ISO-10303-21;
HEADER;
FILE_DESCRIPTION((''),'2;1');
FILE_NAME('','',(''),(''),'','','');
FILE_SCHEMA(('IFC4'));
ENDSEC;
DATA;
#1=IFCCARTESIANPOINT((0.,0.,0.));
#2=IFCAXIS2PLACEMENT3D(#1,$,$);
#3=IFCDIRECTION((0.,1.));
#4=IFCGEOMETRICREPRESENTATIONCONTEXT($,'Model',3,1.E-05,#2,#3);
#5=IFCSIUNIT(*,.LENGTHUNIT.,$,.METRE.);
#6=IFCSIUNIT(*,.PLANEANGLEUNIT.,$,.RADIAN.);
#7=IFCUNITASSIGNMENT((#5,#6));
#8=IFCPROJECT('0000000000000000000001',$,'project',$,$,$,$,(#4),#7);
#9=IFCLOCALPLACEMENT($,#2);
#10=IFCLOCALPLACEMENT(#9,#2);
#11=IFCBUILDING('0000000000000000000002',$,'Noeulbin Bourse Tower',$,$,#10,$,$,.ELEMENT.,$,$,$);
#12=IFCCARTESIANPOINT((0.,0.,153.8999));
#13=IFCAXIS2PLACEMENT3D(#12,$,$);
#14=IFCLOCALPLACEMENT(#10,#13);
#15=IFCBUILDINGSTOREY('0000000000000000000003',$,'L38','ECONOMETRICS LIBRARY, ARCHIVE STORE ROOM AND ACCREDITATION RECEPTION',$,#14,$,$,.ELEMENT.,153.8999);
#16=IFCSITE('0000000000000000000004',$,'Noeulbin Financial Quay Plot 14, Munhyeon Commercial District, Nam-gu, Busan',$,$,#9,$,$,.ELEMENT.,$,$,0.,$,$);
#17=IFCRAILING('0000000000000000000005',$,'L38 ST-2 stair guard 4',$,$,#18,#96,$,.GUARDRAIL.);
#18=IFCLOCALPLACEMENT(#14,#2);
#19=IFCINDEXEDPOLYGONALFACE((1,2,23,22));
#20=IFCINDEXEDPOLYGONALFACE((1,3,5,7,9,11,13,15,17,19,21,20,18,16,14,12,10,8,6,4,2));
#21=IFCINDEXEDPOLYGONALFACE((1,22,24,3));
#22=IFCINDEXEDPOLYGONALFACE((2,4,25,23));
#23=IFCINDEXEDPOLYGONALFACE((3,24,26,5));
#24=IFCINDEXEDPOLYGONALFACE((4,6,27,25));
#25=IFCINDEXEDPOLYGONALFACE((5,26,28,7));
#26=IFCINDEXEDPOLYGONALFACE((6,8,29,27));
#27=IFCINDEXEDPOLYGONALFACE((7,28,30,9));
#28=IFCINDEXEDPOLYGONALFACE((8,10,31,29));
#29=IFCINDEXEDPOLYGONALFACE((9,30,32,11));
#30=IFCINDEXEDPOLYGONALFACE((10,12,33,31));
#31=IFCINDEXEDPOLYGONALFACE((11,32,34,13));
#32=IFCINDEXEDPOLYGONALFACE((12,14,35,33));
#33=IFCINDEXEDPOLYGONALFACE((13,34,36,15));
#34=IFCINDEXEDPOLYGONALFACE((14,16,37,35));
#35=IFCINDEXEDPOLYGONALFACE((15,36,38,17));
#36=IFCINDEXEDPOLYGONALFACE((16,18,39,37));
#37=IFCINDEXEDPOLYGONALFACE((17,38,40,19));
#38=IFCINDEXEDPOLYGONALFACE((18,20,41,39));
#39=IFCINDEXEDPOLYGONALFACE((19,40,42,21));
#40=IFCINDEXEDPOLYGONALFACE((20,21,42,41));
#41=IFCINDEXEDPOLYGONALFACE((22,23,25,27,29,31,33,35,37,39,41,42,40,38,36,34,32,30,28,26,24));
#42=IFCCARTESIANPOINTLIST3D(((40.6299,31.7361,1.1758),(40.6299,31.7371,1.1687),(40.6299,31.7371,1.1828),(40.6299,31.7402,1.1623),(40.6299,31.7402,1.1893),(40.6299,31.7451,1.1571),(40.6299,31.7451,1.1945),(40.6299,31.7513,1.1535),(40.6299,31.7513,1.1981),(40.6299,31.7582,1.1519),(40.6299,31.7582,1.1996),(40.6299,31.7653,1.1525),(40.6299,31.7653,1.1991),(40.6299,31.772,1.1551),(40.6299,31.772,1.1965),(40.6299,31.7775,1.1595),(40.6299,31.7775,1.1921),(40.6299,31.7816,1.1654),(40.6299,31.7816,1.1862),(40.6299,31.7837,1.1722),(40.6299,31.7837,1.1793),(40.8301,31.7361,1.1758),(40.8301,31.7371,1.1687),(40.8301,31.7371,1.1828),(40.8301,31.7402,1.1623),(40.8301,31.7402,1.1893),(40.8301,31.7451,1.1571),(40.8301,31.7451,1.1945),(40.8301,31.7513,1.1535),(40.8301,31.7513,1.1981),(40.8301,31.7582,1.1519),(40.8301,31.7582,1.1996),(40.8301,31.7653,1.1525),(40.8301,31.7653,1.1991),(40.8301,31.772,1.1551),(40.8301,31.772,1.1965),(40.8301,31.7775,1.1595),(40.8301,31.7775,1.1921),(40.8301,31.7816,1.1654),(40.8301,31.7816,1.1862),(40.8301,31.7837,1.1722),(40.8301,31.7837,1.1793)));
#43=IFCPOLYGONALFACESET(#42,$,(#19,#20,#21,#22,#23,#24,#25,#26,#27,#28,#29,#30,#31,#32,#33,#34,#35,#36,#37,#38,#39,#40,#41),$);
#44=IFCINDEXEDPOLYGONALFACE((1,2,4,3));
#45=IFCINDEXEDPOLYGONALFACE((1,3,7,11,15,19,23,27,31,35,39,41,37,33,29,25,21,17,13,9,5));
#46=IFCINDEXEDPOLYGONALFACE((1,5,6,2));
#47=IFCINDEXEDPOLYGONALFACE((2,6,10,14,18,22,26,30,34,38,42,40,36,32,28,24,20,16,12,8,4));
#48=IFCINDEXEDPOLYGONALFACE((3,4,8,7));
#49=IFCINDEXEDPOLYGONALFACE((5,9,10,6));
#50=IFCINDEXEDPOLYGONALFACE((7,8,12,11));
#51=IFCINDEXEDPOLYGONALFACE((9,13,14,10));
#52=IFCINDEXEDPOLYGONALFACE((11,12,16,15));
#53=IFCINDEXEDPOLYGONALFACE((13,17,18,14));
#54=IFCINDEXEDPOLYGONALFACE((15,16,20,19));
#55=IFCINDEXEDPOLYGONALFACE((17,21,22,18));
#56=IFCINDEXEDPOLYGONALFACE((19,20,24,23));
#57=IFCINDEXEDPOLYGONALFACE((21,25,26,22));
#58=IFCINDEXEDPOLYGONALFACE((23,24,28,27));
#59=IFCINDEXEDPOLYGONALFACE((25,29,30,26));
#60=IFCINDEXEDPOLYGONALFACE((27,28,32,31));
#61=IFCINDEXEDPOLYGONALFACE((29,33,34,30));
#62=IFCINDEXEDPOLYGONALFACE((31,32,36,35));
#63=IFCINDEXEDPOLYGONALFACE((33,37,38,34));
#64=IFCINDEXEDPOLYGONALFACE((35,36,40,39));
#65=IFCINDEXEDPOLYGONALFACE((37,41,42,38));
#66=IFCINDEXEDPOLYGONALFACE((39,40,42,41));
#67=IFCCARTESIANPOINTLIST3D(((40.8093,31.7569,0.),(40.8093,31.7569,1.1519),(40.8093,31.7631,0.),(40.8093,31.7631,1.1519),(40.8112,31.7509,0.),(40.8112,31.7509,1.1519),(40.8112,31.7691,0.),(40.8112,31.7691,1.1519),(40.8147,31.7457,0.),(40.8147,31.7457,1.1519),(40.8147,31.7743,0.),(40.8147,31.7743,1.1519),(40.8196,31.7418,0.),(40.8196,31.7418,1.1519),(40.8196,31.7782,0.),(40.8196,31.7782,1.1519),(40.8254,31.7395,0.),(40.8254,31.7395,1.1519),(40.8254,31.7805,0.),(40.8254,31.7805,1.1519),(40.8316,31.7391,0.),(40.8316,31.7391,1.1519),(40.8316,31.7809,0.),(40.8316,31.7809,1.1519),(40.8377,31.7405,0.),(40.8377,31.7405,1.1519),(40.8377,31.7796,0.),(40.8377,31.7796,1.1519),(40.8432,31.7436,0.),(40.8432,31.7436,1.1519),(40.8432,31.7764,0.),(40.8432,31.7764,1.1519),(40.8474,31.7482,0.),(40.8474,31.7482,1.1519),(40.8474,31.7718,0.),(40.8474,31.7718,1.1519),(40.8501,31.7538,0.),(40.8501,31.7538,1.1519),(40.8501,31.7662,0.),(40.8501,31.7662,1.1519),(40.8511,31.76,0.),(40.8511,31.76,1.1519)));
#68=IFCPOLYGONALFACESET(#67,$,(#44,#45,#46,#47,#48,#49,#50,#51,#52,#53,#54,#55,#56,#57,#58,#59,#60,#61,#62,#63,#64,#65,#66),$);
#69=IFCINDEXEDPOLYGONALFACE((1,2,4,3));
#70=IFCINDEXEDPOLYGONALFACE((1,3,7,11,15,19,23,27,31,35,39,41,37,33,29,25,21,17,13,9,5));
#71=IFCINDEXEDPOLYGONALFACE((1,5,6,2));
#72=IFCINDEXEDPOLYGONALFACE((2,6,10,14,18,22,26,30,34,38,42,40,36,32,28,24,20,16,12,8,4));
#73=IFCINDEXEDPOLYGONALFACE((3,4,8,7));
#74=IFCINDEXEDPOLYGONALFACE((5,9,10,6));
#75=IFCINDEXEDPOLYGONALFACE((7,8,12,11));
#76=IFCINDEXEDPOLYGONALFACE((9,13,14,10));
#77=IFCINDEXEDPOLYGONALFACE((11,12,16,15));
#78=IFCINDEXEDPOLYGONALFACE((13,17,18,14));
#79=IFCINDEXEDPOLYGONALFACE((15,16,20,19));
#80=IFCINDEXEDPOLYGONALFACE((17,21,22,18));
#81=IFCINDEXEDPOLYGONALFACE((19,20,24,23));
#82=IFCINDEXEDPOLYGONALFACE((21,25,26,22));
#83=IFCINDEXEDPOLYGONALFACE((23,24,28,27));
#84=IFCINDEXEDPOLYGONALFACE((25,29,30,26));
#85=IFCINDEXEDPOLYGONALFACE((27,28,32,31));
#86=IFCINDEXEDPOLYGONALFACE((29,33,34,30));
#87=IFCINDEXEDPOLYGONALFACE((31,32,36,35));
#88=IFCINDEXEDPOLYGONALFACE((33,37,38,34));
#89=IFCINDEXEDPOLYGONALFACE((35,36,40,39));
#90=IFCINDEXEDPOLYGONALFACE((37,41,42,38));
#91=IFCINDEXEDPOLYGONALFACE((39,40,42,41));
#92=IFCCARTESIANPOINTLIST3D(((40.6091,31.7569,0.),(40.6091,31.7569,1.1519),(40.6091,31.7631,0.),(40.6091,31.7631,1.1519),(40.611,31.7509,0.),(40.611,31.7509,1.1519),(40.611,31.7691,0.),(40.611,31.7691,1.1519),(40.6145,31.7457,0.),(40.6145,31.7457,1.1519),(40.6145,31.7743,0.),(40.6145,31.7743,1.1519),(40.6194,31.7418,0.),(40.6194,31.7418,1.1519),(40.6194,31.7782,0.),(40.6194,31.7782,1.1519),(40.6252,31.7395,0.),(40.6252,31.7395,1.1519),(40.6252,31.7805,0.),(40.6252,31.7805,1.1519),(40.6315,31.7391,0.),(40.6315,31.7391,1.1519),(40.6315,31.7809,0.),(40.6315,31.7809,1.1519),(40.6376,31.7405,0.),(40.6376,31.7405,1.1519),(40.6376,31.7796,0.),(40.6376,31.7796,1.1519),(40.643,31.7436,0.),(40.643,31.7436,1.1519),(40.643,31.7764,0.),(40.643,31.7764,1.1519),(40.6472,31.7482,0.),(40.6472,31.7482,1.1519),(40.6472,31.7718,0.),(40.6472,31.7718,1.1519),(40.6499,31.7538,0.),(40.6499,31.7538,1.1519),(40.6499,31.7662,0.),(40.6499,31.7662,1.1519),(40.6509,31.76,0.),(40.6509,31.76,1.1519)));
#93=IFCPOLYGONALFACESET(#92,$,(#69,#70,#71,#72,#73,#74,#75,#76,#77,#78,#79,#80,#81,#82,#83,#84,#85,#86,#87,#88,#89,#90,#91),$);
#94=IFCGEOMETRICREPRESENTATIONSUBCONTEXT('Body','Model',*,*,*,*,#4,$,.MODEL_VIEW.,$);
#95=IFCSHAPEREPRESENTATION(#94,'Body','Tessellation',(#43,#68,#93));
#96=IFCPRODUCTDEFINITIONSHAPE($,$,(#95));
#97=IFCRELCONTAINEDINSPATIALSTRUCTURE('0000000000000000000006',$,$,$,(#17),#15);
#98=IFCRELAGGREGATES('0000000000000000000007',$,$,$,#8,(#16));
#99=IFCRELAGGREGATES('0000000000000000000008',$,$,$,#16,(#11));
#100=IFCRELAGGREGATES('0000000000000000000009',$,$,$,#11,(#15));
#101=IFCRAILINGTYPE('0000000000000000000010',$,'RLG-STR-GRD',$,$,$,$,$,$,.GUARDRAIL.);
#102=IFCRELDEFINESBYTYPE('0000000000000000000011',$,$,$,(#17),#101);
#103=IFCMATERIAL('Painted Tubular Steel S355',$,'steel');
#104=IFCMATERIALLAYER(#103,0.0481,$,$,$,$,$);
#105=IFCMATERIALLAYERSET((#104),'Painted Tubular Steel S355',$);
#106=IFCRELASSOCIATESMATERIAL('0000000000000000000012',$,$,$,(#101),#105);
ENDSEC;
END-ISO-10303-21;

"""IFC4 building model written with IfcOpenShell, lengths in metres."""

from ifc_helpers import new_model, si_unit, direction, frame, origin, origin_2d, place, context, subcontext, project, spatial, circle, extrude, material, layer, layer_set, type_object, element, save


model = new_model("IFC4")

# Units and contexts
model_context = context("Model", 3, precision=1e-05, world=origin(), true_north=direction((0.0, 1.0)))
body_context = subcontext(model_context, "Body", "Model", "MODEL_VIEW")
ifc_project = project(units=[si_unit("LENGTHUNIT", "METRE"), si_unit("PLANEANGLEUNIT", "RADIAN")], contexts=[model_context])

# Site, building, storey
site_placement = place(None, origin())
site = spatial("IfcSite", under=ifc_project, at=site_placement, Name="Noeulbin Financial Quay Plot 14, Munhyeon Commercial District, Nam-gu, Busan", CompositionType="ELEMENT", RefElevation=0.0)
building_placement = place(site_placement, origin())
building = spatial("IfcBuilding", under=site, at=building_placement, Name="Noeulbin Bourse Tower", CompositionType="ELEMENT")
storey_placement = place(building_placement, frame((0.0, 0.0, 153.8999)))
storey = spatial("IfcBuildingStorey", under=building, at=storey_placement, Name="L38", Description="ECONOMETRICS LIBRARY, ARCHIVE STORE ROOM AND ACCREDITATION RECEPTION", CompositionType="ELEMENT", Elevation=153.8999)

# Railing
ifc_material_1 = material(Name="Painted Tubular Steel S355", Category="steel")
ifc_layer_1 = layer(ifc_material_1, 0.0481)
ifc_layer_set_1 = layer_set([ifc_layer_1], Name="Painted Tubular Steel S355")
railing_type_1 = type_object("IfcRailingType", Name="RLG-STR-GRD", PredefinedType="GUARDRAIL", material=ifc_layer_set_1)
railing_1_placement = place(storey_placement, frame((40.8301, 31.76, 0.0)))
element("IfcRailing", 1, at=railing_1_placement, inside=storey, type_object=railing_type_1, Name="L38 ST-2 stair guard 4", PredefinedType="GUARDRAIL", context=body_context, shape_type="SweptSolid", body=[
    extrude(circle(Radius=0.0239, at=origin_2d()), frame((0.0, 0.0, 1.1758), z_axis=(-1.0, 0.0, 0.0), x_axis=(0.0, -1.0, 0.0)), (0.0, 0.0, 1.0), 0.2002),
    extrude(circle(Radius=0.021, at=origin_2d()), origin(), (0.0, 0.0, 1.0), 1.1519),
    extrude(circle(Radius=0.021, at=origin_2d()), frame((-0.2002, 0.0, 0.0)), (0.0, 0.0, 1.0), 1.1519),
])

save(model, "model.ifc")
